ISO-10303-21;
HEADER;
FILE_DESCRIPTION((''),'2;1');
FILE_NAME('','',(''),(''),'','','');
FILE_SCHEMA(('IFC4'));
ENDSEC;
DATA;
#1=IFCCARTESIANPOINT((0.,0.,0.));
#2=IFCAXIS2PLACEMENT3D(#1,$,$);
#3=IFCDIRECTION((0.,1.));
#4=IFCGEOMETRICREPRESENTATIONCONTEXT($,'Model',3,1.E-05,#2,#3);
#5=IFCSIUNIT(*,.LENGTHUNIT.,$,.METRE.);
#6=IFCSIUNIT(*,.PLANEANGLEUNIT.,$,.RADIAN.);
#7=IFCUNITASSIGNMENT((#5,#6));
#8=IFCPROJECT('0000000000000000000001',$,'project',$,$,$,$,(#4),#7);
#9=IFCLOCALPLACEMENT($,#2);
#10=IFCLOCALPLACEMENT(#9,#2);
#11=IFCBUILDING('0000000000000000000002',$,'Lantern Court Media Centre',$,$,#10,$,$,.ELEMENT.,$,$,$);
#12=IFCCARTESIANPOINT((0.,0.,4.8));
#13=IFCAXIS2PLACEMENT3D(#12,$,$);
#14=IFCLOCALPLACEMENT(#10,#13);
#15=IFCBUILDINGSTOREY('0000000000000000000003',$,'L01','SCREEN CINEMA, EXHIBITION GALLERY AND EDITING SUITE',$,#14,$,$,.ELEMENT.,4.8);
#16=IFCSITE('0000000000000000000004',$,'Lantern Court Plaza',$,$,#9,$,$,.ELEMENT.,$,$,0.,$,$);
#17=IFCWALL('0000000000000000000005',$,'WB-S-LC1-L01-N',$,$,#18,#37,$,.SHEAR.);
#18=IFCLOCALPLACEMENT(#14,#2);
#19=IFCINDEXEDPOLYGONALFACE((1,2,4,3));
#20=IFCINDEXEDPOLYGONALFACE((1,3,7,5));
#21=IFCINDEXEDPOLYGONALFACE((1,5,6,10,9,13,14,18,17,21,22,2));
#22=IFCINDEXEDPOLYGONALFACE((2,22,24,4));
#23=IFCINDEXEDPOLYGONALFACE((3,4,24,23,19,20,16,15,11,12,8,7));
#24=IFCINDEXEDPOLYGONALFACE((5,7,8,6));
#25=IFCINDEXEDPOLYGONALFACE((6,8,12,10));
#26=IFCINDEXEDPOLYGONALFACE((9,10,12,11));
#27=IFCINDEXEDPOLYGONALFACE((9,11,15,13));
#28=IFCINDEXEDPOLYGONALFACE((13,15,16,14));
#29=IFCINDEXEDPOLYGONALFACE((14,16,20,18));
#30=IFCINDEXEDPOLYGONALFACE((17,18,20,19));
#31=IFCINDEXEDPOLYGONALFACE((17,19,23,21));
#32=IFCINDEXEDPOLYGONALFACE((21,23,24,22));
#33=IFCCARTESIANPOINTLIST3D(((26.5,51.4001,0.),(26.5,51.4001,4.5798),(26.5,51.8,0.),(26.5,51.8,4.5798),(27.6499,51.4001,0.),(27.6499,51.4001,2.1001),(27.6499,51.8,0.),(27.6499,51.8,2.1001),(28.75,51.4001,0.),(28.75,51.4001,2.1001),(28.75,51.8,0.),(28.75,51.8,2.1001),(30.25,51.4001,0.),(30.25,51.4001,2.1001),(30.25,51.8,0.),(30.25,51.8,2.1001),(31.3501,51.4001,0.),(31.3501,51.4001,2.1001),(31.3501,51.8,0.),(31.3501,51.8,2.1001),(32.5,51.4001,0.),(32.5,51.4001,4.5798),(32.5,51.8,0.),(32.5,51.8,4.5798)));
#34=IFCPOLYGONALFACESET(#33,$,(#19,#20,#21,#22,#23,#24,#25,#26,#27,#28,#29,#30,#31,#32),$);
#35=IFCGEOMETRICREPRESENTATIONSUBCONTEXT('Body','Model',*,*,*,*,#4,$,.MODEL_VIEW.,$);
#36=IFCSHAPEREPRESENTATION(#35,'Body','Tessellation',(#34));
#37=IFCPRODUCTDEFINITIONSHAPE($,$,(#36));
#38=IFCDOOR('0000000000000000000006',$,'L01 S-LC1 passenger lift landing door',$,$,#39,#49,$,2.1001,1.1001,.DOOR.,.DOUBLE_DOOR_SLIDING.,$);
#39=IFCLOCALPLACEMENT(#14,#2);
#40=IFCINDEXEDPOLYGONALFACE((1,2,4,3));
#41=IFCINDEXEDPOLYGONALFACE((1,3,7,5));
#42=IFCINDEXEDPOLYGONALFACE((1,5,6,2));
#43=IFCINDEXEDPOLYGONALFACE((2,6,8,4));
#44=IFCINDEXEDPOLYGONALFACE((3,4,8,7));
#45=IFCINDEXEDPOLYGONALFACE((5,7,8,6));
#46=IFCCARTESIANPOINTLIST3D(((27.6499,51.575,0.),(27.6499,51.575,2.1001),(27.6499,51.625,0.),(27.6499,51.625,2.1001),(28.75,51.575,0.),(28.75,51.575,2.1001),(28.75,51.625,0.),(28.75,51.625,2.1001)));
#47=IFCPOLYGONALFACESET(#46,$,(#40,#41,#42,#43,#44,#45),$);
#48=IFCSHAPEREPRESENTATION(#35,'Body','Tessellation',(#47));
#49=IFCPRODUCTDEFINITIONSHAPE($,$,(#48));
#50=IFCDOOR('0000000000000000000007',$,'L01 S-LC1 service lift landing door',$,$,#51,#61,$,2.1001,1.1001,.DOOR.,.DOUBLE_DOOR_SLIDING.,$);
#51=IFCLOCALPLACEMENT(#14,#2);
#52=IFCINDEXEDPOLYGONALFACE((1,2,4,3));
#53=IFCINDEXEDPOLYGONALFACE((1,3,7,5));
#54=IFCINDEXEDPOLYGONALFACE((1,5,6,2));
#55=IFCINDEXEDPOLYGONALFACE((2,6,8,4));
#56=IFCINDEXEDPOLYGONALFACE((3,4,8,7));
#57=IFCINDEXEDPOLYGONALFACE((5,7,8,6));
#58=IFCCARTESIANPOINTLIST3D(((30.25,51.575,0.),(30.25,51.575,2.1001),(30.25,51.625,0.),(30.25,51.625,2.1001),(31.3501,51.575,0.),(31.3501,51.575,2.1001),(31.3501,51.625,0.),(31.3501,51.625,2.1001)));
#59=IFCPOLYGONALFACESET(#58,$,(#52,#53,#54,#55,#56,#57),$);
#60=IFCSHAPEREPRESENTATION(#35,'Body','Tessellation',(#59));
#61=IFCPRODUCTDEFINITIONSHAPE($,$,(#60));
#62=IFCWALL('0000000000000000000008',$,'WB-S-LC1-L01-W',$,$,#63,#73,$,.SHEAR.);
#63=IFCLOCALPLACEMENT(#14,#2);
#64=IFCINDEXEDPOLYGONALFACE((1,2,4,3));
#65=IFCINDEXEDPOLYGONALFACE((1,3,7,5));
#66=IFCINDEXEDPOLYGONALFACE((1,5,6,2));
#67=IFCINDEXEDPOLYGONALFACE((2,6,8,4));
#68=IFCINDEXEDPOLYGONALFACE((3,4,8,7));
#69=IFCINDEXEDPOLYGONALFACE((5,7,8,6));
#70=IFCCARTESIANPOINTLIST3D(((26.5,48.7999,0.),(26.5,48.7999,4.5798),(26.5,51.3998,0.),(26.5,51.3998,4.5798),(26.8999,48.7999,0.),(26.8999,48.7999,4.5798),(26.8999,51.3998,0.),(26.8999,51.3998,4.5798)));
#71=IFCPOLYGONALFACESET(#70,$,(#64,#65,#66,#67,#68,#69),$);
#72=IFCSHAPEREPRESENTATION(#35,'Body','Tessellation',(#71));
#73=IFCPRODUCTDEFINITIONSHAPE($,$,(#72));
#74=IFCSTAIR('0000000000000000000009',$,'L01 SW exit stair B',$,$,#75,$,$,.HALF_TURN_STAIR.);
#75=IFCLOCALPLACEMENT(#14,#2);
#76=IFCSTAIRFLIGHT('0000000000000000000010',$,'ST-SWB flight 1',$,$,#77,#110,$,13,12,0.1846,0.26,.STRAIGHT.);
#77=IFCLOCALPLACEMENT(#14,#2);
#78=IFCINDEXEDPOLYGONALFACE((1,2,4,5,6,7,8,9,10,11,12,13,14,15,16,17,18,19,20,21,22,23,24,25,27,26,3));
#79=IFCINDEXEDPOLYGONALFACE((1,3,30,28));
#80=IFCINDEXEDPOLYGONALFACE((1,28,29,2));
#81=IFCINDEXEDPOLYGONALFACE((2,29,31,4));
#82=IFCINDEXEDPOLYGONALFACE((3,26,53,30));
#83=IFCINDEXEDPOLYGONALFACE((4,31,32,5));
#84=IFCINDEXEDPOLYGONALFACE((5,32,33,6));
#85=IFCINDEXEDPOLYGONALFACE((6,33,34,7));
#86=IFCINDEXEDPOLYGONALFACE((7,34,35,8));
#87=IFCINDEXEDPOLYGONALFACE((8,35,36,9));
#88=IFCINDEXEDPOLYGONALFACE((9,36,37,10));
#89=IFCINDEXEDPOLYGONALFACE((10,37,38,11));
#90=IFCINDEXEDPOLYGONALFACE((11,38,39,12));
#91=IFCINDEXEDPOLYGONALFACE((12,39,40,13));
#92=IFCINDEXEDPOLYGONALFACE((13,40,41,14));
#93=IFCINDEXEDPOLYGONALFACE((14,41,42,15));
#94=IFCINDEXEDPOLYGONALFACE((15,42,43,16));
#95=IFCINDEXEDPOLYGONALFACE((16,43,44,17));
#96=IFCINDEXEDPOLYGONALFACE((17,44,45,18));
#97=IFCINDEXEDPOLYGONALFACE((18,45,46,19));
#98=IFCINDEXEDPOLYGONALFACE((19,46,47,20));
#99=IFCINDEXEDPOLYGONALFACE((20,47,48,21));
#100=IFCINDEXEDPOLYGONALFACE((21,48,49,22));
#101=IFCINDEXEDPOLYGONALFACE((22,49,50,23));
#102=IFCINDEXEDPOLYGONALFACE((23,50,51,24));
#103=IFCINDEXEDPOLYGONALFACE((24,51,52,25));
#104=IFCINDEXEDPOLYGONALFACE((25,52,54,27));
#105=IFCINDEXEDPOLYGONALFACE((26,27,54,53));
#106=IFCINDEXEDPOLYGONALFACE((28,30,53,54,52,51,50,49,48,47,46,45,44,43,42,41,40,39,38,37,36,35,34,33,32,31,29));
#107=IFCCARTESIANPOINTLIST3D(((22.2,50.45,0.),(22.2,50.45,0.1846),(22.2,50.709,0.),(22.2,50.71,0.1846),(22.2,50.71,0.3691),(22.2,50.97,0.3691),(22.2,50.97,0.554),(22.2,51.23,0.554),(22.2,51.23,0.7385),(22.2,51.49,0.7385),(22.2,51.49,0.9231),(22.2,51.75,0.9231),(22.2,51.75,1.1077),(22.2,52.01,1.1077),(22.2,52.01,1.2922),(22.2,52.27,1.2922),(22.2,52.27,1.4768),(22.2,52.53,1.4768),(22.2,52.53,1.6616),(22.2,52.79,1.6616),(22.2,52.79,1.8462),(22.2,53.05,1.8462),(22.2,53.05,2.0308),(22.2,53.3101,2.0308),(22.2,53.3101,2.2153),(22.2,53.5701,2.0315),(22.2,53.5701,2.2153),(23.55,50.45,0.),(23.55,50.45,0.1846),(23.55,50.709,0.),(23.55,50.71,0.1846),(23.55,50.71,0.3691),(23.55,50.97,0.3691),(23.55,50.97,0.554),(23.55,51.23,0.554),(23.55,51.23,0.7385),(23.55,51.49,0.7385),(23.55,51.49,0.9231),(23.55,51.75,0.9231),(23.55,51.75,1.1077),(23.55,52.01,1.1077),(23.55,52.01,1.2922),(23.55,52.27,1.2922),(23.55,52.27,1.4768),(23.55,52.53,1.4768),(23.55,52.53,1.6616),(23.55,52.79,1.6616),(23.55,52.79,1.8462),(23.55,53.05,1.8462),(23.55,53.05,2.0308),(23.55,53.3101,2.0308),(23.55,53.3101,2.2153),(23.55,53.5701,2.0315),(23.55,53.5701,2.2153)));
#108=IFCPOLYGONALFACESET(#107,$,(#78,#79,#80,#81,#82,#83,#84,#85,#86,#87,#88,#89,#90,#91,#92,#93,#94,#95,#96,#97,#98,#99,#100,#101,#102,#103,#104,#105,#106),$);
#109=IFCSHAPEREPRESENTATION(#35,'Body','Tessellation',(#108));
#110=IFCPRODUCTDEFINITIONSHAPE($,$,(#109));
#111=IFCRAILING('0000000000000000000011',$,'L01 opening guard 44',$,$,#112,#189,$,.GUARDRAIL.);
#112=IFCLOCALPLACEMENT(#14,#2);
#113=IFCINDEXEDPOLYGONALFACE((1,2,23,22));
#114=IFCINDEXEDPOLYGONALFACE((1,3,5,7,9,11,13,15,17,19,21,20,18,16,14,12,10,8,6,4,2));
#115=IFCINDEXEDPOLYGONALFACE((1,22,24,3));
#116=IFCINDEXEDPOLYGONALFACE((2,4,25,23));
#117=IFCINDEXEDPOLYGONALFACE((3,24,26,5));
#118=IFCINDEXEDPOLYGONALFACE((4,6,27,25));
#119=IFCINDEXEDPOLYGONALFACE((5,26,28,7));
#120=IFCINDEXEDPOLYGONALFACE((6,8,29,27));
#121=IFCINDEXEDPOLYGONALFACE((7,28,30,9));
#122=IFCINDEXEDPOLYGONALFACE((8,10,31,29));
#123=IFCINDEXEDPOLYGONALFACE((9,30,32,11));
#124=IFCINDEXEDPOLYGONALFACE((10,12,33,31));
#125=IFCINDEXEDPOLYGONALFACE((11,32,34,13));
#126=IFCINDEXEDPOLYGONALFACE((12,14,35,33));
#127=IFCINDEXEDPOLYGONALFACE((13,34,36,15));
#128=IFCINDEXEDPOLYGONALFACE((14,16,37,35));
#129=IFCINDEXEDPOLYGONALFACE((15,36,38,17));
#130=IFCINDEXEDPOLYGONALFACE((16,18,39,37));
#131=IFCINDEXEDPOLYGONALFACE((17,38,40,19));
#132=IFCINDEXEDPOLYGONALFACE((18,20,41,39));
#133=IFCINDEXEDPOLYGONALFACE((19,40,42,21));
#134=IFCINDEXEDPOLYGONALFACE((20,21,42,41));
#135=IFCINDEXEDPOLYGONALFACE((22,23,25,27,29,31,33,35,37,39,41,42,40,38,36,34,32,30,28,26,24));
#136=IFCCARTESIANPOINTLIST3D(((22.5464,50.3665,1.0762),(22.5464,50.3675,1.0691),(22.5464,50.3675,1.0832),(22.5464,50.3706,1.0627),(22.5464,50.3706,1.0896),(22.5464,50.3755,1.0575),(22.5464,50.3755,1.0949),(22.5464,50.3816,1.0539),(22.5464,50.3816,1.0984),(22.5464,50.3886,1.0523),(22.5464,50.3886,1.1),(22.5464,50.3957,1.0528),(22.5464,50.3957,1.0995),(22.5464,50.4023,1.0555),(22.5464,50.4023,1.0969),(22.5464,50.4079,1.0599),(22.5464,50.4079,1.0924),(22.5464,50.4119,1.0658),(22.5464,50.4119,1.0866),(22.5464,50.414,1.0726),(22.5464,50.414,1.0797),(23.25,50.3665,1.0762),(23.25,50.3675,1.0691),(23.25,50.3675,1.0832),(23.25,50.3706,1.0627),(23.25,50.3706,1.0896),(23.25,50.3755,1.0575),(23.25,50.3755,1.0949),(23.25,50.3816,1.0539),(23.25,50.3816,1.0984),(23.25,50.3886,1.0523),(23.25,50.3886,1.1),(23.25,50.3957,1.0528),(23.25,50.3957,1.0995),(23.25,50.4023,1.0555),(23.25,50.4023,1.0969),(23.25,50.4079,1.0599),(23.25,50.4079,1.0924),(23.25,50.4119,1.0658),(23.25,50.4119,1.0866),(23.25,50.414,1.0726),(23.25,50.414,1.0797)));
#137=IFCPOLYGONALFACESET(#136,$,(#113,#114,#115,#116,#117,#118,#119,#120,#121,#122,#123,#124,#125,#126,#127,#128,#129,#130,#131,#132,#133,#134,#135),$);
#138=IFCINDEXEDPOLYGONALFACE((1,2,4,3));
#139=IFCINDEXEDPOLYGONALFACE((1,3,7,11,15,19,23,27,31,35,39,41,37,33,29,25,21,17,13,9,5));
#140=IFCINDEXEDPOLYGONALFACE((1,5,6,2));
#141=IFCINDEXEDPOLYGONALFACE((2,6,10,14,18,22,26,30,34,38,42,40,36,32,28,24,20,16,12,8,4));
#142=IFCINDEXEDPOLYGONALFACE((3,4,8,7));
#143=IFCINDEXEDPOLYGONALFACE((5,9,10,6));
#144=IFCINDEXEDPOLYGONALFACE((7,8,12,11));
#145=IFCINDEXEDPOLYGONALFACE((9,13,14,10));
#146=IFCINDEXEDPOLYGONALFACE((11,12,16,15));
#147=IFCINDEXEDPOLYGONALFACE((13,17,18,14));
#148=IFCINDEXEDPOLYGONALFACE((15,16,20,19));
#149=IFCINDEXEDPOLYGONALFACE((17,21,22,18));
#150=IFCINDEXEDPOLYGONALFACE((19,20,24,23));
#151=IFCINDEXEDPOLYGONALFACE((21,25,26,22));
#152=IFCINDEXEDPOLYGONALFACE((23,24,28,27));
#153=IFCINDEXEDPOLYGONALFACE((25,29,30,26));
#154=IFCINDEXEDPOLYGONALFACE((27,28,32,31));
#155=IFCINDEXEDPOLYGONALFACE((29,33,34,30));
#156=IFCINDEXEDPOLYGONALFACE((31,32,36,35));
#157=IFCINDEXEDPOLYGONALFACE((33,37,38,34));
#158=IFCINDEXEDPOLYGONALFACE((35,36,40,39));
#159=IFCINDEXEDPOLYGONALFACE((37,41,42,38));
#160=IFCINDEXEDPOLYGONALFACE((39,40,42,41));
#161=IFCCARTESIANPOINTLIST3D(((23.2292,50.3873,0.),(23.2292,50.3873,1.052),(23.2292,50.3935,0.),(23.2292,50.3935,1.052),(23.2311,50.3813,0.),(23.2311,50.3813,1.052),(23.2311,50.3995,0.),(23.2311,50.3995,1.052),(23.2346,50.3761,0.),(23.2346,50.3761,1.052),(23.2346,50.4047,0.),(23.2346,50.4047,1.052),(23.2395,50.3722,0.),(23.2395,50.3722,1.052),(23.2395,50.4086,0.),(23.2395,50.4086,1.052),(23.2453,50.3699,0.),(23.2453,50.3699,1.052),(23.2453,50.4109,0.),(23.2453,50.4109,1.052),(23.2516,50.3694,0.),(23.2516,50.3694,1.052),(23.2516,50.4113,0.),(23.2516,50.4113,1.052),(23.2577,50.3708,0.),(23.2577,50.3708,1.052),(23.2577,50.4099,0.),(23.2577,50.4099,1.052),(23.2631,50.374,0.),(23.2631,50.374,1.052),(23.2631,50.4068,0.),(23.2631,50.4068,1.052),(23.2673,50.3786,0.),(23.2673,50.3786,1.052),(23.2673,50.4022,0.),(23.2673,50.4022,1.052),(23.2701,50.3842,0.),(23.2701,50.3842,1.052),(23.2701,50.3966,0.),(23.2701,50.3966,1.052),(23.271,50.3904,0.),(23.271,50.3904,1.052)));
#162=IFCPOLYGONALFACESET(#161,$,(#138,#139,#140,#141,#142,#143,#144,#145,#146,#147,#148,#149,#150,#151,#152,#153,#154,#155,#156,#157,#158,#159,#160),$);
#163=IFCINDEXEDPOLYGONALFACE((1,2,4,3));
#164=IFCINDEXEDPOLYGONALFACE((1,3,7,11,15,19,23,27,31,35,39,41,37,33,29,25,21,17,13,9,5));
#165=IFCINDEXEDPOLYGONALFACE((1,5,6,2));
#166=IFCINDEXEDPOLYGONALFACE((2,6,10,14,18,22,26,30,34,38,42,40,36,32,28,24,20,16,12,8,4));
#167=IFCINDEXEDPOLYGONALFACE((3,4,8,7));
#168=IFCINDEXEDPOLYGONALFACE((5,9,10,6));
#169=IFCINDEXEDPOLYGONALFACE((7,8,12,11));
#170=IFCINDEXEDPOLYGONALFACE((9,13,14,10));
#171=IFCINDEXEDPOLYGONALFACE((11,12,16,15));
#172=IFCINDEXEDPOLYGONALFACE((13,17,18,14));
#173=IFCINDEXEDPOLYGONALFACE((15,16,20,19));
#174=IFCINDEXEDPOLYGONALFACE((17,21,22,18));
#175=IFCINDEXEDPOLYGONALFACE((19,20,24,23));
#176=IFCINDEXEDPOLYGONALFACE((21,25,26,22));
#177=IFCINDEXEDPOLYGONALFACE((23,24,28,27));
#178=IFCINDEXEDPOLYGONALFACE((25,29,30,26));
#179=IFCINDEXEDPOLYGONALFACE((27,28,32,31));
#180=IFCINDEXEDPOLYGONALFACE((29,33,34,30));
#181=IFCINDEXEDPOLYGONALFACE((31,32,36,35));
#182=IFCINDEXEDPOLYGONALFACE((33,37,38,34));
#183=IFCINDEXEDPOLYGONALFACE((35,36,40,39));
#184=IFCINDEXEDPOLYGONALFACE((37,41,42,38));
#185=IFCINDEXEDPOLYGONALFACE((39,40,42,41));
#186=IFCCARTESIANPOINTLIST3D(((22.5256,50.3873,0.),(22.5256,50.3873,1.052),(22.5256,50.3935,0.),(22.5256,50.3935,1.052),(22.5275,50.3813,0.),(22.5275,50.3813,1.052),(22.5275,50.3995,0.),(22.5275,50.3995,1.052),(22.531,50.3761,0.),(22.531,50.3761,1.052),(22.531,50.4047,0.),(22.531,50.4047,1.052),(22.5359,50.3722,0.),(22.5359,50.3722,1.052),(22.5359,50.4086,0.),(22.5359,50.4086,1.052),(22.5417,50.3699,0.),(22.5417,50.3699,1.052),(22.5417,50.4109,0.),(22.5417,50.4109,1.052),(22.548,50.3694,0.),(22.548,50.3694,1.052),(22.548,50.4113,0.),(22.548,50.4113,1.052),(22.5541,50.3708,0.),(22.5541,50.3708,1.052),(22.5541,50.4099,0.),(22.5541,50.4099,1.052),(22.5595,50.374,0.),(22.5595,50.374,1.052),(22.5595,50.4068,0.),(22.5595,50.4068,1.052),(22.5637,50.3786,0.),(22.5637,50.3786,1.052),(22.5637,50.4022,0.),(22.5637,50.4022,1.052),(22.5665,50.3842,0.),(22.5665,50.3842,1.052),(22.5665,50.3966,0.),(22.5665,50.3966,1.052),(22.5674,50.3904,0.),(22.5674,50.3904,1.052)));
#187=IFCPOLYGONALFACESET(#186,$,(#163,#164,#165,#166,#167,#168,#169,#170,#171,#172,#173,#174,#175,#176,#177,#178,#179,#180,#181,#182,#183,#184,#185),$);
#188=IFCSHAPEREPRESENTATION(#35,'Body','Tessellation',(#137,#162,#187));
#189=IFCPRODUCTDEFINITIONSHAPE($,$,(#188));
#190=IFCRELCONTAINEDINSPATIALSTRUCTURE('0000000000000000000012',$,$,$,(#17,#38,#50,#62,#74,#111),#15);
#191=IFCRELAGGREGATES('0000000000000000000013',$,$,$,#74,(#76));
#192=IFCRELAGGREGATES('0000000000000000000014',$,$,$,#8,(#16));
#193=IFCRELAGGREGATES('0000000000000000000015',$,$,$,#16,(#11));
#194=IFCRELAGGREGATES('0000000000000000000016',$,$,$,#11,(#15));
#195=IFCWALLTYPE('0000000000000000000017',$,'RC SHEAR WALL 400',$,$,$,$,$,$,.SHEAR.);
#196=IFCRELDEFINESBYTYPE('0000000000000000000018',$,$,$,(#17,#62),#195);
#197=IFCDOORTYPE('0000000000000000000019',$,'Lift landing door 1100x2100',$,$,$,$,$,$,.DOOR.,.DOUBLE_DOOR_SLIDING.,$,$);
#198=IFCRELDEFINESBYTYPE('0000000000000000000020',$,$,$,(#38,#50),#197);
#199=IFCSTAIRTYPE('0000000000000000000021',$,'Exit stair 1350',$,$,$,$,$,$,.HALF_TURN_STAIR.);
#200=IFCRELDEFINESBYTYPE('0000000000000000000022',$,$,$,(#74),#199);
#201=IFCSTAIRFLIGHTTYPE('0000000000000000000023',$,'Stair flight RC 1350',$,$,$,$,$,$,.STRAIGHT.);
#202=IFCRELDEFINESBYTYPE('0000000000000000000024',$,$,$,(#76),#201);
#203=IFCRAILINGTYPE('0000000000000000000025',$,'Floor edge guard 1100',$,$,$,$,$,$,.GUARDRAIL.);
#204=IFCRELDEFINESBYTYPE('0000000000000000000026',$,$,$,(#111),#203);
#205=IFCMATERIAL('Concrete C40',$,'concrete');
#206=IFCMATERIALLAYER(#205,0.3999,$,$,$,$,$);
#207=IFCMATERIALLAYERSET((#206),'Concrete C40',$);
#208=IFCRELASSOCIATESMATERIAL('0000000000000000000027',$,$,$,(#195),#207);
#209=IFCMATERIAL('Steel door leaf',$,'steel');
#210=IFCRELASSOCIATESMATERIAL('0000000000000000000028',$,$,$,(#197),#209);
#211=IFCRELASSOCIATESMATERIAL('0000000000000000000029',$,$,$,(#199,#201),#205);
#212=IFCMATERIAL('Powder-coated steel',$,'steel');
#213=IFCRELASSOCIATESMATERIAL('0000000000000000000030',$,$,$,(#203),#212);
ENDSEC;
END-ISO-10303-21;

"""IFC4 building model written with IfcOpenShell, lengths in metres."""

from ifc_helpers import new_model, si_unit, direction, frame, frame_2d, origin, origin_2d, place, context, subcontext, project, spatial, polyline, rectangle, circle, outline, extrude, material, layer, layer_set, type_object, element, fill, aggregate, save


model = new_model("IFC4")

# Units and contexts
model_context = context("Model", 3, precision=1e-05, world=origin(), true_north=direction((0.0, 1.0)))
body_context = subcontext(model_context, "Body", "Model", "MODEL_VIEW")
ifc_project = project(units=[si_unit("LENGTHUNIT", "METRE"), si_unit("PLANEANGLEUNIT", "RADIAN")], contexts=[model_context])

# Site, building, storey
site_placement = place(None, origin())
site = spatial("IfcSite", under=ifc_project, at=site_placement, Name="Lantern Court Plaza", CompositionType="ELEMENT", RefElevation=0.0)
building_placement = place(site_placement, origin())
building = spatial("IfcBuilding", under=site, at=building_placement, Name="Lantern Court Media Centre", CompositionType="ELEMENT")
storey_placement = place(building_placement, frame((0.0, 0.0, 4.8)))
storey = spatial("IfcBuildingStorey", under=building, at=storey_placement, Name="L01", Description="SCREEN CINEMA, EXHIBITION GALLERY AND EDITING SUITE", CompositionType="ELEMENT", Elevation=4.8)

# Shared definitions
ifc_material_1 = material(Name="Concrete C40", Category="concrete")
ifc_material_2 = material(Name="Steel door leaf", Category="steel")

# Shared definitions
ifc_layer_1 = layer(ifc_material_1, 0.3999)
ifc_layer_set_1 = layer_set([ifc_layer_1], Name="Concrete C40")
wall_type_1 = type_object("IfcWallType", Name="RC SHEAR WALL 400", PredefinedType="SHEAR", material=ifc_layer_set_1)

# Wall, openings, doors
wall_1_placement = place(storey_placement, frame((26.5, 51.6001, 0.0), z_axis=(0.0, 0.0, 1.0), x_axis=(1.0, 0.0, 0.0)))
wall_1 = element("IfcWall", 1, at=wall_1_placement, inside=storey, type_object=wall_type_1, Name="WB-S-LC1-L01-N", PredefinedType="SHEAR", context=body_context, shape_type="SweptSolid", body=[
    extrude(rectangle(XDim=6.0, YDim=0.3999, at=frame_2d((3.0, 0.0))), origin(), (0.0, 0.0, 1.0), 4.5798),
])
opening_1_placement = place(wall_1_placement, frame((1.1499, 0.0, 0.0)))
opening_1 = element("IfcOpeningElement", 2, at=opening_1_placement, cuts=wall_1, PredefinedType="OPENING", context=body_context, shape_type="SweptSolid", body=[
    extrude(rectangle(XDim=1.1001, YDim=2.1001, at=frame_2d((0.55, 1.05))), frame((0.0, 0.21, 0.0), z_axis=(0.0, -1.0, 0.0), x_axis=(1.0, 0.0, 0.0)), (0.0, 0.0, 1.0), 0.4199),
])
opening_2_placement = place(wall_1_placement, frame((3.75, 0.0, 0.0)))
opening_2 = element("IfcOpeningElement", 3, at=opening_2_placement, cuts=wall_1, PredefinedType="OPENING", context=body_context, shape_type="SweptSolid", body=[
    extrude(rectangle(XDim=1.1001, YDim=2.1001, at=frame_2d((0.55, 1.05))), frame((0.0, 0.21, 0.0), z_axis=(0.0, -1.0, 0.0), x_axis=(1.0, 0.0, 0.0)), (0.0, 0.0, 1.0), 0.4199),
])
door_type_1 = type_object("IfcDoorType", Name="Lift landing door 1100x2100", OperationType="DOUBLE_DOOR_SLIDING", PredefinedType="DOOR", material=ifc_material_2)
door_1_placement = place(opening_1_placement, origin())
door_1 = element("IfcDoor", 4, at=door_1_placement, inside=storey, type_object=door_type_1, Name="L01 S-LC1 passenger lift landing door", OperationType="DOUBLE_DOOR_SLIDING", OverallHeight=2.1001, OverallWidth=1.1001, PredefinedType="DOOR", context=body_context, shape_type="SweptSolid", body=[
    extrude(rectangle(XDim=1.1001, YDim=2.1001, at=frame_2d((0.55, 1.05))), frame((0.0, 0.0249, 0.0), z_axis=(0.0, -1.0, 0.0), x_axis=(1.0, 0.0, 0.0)), (0.0, 0.0, 1.0), 0.05),
])
fill(opening_1, door_1)
door_2_placement = place(opening_2_placement, origin())
door_2 = element("IfcDoor", 5, at=door_2_placement, inside=storey, type_object=door_type_1, Name="L01 S-LC1 service lift landing door", OperationType="DOUBLE_DOOR_SLIDING", OverallHeight=2.1001, OverallWidth=1.1001, PredefinedType="DOOR", context=body_context, shape_type="SweptSolid", body=[
    extrude(rectangle(XDim=1.1001, YDim=2.1001, at=frame_2d((0.55, 1.05))), frame((0.0, 0.0249, 0.0), z_axis=(0.0, -1.0, 0.0), x_axis=(1.0, 0.0, 0.0)), (0.0, 0.0, 1.0), 0.05),
])
fill(opening_2, door_2)

# Wall
wall_2_placement = place(storey_placement, frame((26.7, 48.8, 0.0), z_axis=(0.0, 0.0, 1.0), x_axis=(0.0, 1.0, 0.0)))
element("IfcWall", 6, at=wall_2_placement, inside=storey, type_object=wall_type_1, Name="WB-S-LC1-L01-W", PredefinedType="SHEAR", context=body_context, shape_type="SweptSolid", body=[
    extrude(rectangle(XDim=2.5999, YDim=0.3999, at=frame_2d((1.2998, 0.0))), origin(), (0.0, 0.0, 1.0), 4.5798),
])

# Stair, stair flight
stair_type = type_object("IfcStairType", Name="Exit stair 1350", PredefinedType="HALF_TURN_STAIR", material=ifc_material_1)
stair_placement = place(storey_placement, origin())
stair = element("IfcStair", 7, at=stair_placement, inside=storey, type_object=stair_type, Name="L01 SW exit stair B", PredefinedType="HALF_TURN_STAIR")
stair_flight_type = type_object("IfcStairFlightType", Name="Stair flight RC 1350", PredefinedType="STRAIGHT", material=ifc_material_1)
stair_flight_placement = place(storey_placement, frame((22.875, 50.45, 0.0), z_axis=(0.0, 0.0, 1.0), x_axis=(0.0, 1.0, 0.0)))
stair_flight = element("IfcStairFlight", 8, at=stair_flight_placement, type_object=stair_flight_type, Name="ST-SWB flight 1", NumberOfRisers=13, NumberOfTreads=12, PredefinedType="STRAIGHT", RiserHeight=0.1846, TreadLength=0.26, context=body_context, shape_type="SweptSolid", body=[
    extrude(outline(polyline([(0.0, 0.0), (0.0, 0.1846), (0.26, 0.1846), (0.26, 0.3691), (0.52, 0.3691), (0.52, 0.554), (0.78, 0.554), (0.78, 0.7385), (1.04, 0.7385), (1.04, 0.9231), (1.3, 0.9231), (1.3, 1.1077), (1.5601, 1.1077), (1.5601, 1.2922), (1.8201, 1.2922), (1.8201, 1.4768), (2.0801, 1.4768), (2.0801, 1.6616), (2.3401, 1.6616), (2.3401, 1.8462), (2.6001, 1.8462), (2.6001, 2.0308), (2.8601, 2.0308), (2.8601, 2.2153), (3.1201, 2.2153), (3.1201, 2.3999), (3.1201, 2.0315), (0.259, 0.0), (0.0, 0.0)])), frame((0.0, 0.675, 0.0), z_axis=(0.0, -1.0, 0.0), x_axis=(1.0, 0.0, 0.0)), (0.0, 0.0, 1.0), 1.3501),
])
aggregate(stair, [stair_flight])

# Railing
ifc_material_3 = material(Name="Powder-coated steel", Category="steel")
railing_type_1 = type_object("IfcRailingType", Name="Floor edge guard 1100", PredefinedType="GUARDRAIL", material=ifc_material_3)
railing_1_placement = place(storey_placement, frame((23.25, 50.3904, 0.0)))
element("IfcRailing", 9, at=railing_1_placement, inside=storey, type_object=railing_type_1, Name="L01 opening guard 44", PredefinedType="GUARDRAIL", context=body_context, shape_type="SweptSolid", body=[
    extrude(circle(Radius=0.0239, at=origin_2d()), frame((0.0, 0.0, 1.0762), z_axis=(-1.0, 0.0, 0.0), x_axis=(0.0, -1.0, 0.0)), (0.0, 0.0, 1.0), 0.7036),
    extrude(circle(Radius=0.021, at=origin_2d()), origin(), (0.0, 0.0, 1.0), 1.052),
    extrude(circle(Radius=0.021, at=origin_2d()), frame((-0.7036, 0.0, 0.0)), (0.0, 0.0, 1.0), 1.052),
])

save(model, "model.ifc")
